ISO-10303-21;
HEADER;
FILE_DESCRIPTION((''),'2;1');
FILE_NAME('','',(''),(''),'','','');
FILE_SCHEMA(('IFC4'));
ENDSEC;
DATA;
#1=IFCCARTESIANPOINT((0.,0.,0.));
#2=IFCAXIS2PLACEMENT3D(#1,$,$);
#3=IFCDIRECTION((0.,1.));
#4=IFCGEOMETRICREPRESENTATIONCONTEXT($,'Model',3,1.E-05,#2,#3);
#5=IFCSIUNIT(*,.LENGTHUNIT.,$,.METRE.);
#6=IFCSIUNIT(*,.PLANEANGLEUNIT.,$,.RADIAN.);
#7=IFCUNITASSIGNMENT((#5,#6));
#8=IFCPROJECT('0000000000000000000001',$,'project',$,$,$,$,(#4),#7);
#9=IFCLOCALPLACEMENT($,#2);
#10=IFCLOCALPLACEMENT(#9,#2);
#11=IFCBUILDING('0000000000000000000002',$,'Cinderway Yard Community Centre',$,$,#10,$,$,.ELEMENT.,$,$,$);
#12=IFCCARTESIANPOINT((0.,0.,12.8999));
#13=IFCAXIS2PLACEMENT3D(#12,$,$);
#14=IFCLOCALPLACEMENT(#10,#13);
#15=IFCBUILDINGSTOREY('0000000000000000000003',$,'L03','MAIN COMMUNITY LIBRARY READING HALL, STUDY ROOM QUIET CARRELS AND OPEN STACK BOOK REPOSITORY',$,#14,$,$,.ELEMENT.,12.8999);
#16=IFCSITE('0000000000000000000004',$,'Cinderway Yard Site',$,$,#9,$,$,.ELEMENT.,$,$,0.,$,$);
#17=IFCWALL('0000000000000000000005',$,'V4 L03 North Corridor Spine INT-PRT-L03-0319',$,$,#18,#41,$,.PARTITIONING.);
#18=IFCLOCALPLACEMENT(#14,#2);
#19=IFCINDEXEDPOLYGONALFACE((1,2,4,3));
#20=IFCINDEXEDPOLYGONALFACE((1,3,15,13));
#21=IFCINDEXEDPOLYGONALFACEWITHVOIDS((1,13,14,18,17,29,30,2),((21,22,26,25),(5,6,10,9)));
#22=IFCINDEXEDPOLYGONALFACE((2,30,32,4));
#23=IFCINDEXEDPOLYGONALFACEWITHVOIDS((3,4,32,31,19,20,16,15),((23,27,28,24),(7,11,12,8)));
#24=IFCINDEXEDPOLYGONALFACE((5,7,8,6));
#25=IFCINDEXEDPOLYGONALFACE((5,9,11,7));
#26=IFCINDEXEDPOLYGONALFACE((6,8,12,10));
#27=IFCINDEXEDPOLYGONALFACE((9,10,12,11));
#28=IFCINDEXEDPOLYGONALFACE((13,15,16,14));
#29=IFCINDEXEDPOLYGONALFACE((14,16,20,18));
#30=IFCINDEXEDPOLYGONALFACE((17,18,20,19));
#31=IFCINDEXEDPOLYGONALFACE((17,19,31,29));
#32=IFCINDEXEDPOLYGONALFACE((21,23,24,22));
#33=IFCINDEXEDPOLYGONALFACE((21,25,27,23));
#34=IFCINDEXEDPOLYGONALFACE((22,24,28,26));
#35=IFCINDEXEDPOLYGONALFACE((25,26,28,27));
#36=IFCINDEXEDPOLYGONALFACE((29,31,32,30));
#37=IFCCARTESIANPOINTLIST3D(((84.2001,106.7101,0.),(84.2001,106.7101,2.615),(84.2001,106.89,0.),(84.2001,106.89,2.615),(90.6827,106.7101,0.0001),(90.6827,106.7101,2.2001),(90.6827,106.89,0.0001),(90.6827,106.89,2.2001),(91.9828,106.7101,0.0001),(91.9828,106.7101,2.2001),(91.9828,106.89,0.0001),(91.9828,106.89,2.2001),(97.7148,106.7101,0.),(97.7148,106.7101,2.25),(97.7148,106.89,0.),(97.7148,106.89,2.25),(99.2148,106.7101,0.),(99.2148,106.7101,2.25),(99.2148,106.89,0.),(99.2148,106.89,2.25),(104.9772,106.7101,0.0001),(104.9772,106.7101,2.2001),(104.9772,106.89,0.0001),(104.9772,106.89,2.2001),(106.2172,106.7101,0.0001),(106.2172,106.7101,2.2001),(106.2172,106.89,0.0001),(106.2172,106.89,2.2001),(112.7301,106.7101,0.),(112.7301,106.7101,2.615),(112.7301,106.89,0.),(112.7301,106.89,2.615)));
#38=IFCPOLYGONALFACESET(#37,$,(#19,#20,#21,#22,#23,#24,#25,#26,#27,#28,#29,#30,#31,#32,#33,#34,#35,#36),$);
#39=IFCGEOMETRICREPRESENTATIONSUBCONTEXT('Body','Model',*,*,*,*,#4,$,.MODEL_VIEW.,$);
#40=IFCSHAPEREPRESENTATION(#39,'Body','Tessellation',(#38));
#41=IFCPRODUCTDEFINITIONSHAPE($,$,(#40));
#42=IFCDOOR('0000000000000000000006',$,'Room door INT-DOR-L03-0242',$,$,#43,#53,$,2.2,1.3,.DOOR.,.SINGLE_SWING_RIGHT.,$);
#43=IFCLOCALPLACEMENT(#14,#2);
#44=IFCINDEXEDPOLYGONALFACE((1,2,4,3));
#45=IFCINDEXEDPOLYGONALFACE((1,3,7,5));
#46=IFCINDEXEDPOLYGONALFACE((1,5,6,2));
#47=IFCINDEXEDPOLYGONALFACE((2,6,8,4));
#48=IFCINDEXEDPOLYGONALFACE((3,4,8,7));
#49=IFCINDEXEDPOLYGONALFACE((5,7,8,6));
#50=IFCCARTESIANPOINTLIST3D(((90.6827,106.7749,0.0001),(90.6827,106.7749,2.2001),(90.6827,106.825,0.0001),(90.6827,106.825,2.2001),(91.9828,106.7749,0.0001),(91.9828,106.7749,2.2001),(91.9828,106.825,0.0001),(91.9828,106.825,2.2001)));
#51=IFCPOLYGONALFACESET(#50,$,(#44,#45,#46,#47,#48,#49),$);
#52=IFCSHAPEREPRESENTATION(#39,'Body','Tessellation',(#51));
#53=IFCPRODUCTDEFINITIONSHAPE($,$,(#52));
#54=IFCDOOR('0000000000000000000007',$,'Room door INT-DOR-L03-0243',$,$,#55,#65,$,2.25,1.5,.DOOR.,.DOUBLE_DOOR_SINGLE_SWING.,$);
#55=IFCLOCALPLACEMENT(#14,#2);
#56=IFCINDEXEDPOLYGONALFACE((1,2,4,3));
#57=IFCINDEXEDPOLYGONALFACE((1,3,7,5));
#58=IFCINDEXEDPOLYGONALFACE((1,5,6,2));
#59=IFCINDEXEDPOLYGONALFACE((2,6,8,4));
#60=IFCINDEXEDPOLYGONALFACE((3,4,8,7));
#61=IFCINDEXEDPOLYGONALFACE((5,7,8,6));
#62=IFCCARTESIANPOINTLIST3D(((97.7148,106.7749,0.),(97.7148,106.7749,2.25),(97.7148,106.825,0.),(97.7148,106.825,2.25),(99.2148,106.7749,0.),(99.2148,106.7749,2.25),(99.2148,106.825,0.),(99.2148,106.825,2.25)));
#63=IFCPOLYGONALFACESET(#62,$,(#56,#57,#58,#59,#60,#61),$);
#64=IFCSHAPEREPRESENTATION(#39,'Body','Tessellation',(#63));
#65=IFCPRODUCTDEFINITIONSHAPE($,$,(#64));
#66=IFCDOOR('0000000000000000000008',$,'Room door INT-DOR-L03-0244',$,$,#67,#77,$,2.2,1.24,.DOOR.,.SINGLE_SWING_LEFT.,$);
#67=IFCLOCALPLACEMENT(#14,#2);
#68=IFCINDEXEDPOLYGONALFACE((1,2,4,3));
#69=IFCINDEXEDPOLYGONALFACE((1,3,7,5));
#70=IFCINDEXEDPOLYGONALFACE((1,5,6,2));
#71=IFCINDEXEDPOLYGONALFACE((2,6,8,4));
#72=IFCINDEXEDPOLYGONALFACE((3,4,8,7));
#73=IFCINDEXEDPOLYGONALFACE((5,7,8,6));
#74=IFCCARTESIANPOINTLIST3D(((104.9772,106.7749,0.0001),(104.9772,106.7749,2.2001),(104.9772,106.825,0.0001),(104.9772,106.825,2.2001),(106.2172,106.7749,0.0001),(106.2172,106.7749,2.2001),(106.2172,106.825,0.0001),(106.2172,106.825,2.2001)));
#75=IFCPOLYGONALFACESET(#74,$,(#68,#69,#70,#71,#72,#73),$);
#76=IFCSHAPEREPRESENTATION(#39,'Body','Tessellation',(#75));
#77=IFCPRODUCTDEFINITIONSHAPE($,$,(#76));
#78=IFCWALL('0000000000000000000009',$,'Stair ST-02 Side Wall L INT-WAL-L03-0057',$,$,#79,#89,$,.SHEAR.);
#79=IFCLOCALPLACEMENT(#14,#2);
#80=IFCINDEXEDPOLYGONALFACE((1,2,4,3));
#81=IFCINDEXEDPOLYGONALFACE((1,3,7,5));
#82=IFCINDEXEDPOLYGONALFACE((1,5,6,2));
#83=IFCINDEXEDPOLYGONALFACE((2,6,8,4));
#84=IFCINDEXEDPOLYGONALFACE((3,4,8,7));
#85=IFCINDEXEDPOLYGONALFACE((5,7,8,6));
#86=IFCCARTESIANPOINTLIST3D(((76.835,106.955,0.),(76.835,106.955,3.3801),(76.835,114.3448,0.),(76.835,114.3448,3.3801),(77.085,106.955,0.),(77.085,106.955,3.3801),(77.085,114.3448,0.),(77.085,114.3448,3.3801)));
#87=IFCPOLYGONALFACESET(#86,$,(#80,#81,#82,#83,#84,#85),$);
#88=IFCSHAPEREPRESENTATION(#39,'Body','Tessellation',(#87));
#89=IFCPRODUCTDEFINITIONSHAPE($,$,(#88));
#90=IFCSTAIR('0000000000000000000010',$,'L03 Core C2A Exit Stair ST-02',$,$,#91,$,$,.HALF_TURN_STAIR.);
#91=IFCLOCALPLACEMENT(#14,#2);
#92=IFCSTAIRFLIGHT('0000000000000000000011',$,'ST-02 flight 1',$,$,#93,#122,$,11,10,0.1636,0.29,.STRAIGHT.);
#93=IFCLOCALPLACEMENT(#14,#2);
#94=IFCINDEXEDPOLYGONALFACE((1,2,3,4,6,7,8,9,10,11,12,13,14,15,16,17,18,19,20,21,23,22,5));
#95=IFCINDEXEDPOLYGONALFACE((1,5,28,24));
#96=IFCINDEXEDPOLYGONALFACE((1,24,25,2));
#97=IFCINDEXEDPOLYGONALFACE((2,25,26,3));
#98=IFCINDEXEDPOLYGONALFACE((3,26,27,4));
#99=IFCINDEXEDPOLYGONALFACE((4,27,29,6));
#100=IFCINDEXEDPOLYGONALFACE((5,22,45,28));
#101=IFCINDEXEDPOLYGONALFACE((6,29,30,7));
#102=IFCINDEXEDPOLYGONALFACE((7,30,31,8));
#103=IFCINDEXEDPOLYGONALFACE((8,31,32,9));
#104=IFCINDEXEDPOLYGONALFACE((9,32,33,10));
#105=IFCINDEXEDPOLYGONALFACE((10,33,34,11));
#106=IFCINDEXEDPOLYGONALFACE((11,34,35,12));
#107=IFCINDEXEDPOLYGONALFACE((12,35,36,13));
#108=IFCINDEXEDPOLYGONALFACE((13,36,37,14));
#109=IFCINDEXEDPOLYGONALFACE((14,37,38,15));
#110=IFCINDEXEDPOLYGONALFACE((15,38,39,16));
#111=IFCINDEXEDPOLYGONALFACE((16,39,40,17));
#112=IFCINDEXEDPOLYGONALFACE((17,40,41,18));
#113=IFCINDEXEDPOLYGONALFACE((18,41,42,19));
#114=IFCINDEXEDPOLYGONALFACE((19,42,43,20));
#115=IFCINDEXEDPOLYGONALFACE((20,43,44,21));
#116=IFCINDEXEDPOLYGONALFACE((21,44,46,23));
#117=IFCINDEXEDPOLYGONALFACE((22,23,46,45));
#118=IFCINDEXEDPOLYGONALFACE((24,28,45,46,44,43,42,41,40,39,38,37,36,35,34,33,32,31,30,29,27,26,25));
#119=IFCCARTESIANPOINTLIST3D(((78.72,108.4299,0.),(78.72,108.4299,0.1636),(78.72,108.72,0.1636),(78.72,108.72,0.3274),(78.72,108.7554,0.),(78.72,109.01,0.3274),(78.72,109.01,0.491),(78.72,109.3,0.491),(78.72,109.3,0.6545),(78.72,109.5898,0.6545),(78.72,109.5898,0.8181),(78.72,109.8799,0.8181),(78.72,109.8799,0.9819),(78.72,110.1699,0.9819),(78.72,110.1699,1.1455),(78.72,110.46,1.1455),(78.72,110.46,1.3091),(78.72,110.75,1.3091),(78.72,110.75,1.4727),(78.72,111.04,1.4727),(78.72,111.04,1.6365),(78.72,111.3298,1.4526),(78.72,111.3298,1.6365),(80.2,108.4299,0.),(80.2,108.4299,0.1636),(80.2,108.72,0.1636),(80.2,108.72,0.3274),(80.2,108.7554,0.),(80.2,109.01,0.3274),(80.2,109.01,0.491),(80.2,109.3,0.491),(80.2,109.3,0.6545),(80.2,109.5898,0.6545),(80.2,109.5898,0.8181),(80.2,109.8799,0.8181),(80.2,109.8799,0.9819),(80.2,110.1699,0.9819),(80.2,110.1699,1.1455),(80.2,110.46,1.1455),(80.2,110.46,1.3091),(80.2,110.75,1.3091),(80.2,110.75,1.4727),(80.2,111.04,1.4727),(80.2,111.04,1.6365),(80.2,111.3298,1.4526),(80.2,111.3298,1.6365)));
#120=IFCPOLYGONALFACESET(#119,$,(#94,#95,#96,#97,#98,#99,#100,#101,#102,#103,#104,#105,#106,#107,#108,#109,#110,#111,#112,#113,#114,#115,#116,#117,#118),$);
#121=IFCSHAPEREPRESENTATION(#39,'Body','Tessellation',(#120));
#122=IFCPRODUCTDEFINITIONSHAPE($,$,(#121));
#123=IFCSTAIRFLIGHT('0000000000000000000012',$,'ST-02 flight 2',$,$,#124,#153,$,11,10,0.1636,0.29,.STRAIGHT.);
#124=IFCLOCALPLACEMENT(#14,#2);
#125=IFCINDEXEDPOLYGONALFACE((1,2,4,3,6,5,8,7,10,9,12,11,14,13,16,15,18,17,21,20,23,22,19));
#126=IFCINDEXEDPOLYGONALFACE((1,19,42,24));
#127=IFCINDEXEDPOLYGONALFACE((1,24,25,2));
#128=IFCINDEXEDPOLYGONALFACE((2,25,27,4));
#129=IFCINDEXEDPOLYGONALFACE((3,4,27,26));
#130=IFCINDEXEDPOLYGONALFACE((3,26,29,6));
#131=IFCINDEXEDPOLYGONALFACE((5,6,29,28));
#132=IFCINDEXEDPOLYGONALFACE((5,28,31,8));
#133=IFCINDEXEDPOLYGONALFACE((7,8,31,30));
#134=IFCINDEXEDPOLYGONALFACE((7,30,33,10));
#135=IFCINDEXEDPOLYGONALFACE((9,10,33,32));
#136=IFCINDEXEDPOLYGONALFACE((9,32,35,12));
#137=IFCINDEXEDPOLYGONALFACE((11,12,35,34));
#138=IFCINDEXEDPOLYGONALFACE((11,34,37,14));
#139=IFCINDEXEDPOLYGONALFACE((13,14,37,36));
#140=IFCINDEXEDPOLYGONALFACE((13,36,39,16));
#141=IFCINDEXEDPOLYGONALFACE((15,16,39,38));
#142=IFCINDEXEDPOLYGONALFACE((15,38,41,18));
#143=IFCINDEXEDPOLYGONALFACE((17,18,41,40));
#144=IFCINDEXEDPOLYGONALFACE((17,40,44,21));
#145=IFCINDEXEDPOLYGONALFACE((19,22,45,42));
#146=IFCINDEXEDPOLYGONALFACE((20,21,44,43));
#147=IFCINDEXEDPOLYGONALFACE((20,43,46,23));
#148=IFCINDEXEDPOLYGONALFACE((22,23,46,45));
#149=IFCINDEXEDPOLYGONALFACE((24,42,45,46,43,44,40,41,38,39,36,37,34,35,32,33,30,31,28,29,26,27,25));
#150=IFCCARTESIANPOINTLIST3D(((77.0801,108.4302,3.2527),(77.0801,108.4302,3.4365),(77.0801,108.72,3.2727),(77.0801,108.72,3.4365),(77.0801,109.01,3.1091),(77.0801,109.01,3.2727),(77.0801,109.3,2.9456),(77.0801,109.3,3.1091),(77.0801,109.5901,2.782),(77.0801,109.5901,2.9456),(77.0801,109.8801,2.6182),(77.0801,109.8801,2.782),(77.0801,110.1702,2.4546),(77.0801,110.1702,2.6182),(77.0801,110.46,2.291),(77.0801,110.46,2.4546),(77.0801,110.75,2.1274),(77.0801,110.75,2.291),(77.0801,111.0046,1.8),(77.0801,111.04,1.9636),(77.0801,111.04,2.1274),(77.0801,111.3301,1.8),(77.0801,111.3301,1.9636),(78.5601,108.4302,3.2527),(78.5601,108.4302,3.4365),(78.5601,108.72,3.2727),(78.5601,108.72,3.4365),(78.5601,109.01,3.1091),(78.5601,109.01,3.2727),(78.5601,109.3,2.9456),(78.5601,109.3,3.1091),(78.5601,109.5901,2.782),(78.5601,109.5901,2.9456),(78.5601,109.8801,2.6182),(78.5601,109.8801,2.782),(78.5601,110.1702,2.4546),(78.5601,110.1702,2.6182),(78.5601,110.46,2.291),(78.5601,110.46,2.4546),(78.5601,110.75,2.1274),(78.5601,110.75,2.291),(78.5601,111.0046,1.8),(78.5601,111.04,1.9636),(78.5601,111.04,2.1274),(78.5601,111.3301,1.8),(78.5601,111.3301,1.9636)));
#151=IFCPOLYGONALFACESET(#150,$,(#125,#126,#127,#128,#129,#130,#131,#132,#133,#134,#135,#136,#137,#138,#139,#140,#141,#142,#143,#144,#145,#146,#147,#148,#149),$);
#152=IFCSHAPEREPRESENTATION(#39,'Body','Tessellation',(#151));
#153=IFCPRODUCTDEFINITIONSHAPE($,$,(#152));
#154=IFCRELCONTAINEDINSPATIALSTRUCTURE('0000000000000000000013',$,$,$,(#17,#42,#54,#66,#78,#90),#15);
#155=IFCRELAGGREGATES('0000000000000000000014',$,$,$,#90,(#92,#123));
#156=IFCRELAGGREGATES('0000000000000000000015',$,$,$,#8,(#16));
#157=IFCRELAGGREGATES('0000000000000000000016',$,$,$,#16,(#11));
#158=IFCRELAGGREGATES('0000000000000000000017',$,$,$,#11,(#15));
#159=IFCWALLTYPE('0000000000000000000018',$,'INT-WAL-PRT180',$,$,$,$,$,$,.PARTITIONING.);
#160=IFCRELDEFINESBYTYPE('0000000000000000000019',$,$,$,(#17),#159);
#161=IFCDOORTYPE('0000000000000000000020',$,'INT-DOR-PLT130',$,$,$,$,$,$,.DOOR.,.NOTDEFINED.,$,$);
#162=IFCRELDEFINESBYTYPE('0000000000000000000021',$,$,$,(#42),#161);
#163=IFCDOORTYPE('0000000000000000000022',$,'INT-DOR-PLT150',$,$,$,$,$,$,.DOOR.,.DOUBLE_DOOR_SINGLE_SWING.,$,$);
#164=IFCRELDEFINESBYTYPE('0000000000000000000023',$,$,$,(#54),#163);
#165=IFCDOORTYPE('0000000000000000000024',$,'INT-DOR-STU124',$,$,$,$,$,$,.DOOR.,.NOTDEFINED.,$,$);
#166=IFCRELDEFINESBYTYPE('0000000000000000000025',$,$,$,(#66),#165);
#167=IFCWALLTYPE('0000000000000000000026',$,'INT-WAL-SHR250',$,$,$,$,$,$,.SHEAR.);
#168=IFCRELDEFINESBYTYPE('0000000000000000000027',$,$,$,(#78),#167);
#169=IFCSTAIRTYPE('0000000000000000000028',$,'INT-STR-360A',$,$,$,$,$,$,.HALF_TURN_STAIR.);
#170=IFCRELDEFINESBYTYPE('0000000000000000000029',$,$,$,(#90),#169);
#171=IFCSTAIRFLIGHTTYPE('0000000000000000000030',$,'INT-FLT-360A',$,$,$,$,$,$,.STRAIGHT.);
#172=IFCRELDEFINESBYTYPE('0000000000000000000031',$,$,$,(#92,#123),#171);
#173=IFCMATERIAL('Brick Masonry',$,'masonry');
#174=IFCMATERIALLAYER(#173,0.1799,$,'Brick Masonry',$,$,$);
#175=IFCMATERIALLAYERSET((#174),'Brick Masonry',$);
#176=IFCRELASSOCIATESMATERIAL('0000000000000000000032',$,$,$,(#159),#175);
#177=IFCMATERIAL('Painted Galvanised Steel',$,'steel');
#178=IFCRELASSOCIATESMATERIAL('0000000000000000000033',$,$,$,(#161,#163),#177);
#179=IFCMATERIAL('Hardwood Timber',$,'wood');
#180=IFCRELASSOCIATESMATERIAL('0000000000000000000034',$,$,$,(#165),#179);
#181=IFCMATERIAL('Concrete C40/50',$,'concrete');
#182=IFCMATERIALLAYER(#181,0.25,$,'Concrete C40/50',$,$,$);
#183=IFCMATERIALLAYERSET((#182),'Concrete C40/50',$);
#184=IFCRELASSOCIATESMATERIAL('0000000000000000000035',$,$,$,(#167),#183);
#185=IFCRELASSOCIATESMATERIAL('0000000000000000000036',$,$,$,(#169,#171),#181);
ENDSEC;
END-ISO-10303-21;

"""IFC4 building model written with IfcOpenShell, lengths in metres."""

from ifc_helpers import new_model, si_unit, direction, frame, frame_2d, origin, place, context, subcontext, project, spatial, polyline, rectangle, outline, extrude, material, layer, layer_set, type_object, element, fill, aggregate, save


model = new_model("IFC4")

# Units and contexts
model_context = context("Model", 3, precision=1e-05, world=origin(), true_north=direction((0.0, 1.0)))
body_context = subcontext(model_context, "Body", "Model", "MODEL_VIEW")
ifc_project = project(units=[si_unit("LENGTHUNIT", "METRE"), si_unit("PLANEANGLEUNIT", "RADIAN")], contexts=[model_context])

# Site, building, storey
site_placement = place(None, origin())
site = spatial("IfcSite", under=ifc_project, at=site_placement, Name="Cinderway Yard Site", CompositionType="ELEMENT", RefElevation=0.0)
building_placement = place(site_placement, origin())
building = spatial("IfcBuilding", under=site, at=building_placement, Name="Cinderway Yard Community Centre", CompositionType="ELEMENT")
storey_placement = place(building_placement, frame((0.0, 0.0, 12.8999)))
storey = spatial("IfcBuildingStorey", under=building, at=storey_placement, Name="L03", Description="MAIN COMMUNITY LIBRARY READING HALL, STUDY ROOM QUIET CARRELS AND OPEN STACK BOOK REPOSITORY", CompositionType="ELEMENT", Elevation=12.8999)

# Shared definitions
ifc_material_1 = material(Name="Concrete C40/50", Category="concrete")

# Shared definitions
ifc_material_2 = material(Name="Hardwood Timber", Category="wood")

# Wall, openings, doors
ifc_material_3 = material(Name="Brick Masonry", Category="masonry")
ifc_layer_1 = layer(ifc_material_3, 0.1799, Name="Brick Masonry")
ifc_layer_set_1 = layer_set([ifc_layer_1], Name="Brick Masonry")
wall_type_1 = type_object("IfcWallType", Name="INT-WAL-PRT180", PredefinedType="PARTITIONING", material=ifc_layer_set_1)
wall_1_placement = place(storey_placement, frame((84.2, 106.8, 0.0), z_axis=(0.0, 0.0, 1.0), x_axis=(1.0, 0.0, 0.0)))
wall_1 = element("IfcWall", 1, at=wall_1_placement, inside=storey, type_object=wall_type_1, Name="V4 L03 North Corridor Spine INT-PRT-L03-0319", PredefinedType="PARTITIONING", context=body_context, shape_type="SweptSolid", body=[
    extrude(rectangle(XDim=28.53, YDim=0.1799, at=frame_2d((14.2651, 0.0))), origin(), (0.0, 0.0, 1.0), 2.615),
])
opening_1_placement = place(wall_1_placement, frame((6.4829, 0.0, 0.0)))
opening_1 = element("IfcOpeningElement", 2, at=opening_1_placement, cuts=wall_1, PredefinedType="OPENING", context=body_context, shape_type="SweptSolid", body=[
    extrude(rectangle(XDim=1.3, YDim=2.2, at=frame_2d((0.6499, 1.1001))), frame((0.0, 0.0999, 0.0), z_axis=(0.0, -1.0, 0.0), x_axis=(1.0, 0.0, 0.0)), (0.0, 0.0, 1.0), 0.2),
])
opening_2_placement = place(wall_1_placement, frame((13.5149, 0.0, 0.0)))
opening_2 = element("IfcOpeningElement", 3, at=opening_2_placement, cuts=wall_1, PredefinedType="OPENING", context=body_context, shape_type="SweptSolid", body=[
    extrude(rectangle(XDim=1.5, YDim=2.25, at=frame_2d((0.75, 1.125))), frame((0.0, 0.0999, 0.0), z_axis=(0.0, -1.0, 0.0), x_axis=(1.0, 0.0, 0.0)), (0.0, 0.0, 1.0), 0.2),
])
opening_3_placement = place(wall_1_placement, frame((20.7771, 0.0, 0.0)))
opening_3 = element("IfcOpeningElement", 4, at=opening_3_placement, cuts=wall_1, PredefinedType="OPENING", context=body_context, shape_type="SweptSolid", body=[
    extrude(rectangle(XDim=1.24, YDim=2.2, at=frame_2d((0.6201, 1.1001))), frame((0.0, 0.0999, 0.0), z_axis=(0.0, -1.0, 0.0), x_axis=(1.0, 0.0, 0.0)), (0.0, 0.0, 1.0), 0.2),
])
ifc_material_4 = material(Name="Painted Galvanised Steel", Category="steel")
door_type_1 = type_object("IfcDoorType", Name="INT-DOR-PLT130", OperationType="NOTDEFINED", PredefinedType="DOOR", material=ifc_material_4)
door_1_placement = place(opening_1_placement, origin())
door_1 = element("IfcDoor", 5, at=door_1_placement, inside=storey, type_object=door_type_1, Name="Room door INT-DOR-L03-0242", OperationType="SINGLE_SWING_RIGHT", OverallHeight=2.2, OverallWidth=1.3, PredefinedType="DOOR", context=body_context, shape_type="SweptSolid", body=[
    extrude(rectangle(XDim=1.3, YDim=2.2, at=frame_2d((0.6499, 1.1001))), frame((0.0, 0.0249, 0.0), z_axis=(0.0, -1.0, 0.0), x_axis=(1.0, 0.0, 0.0)), (0.0, 0.0, 1.0), 0.05),
])
fill(opening_1, door_1)
door_type_2 = type_object("IfcDoorType", Name="INT-DOR-PLT150", OperationType="DOUBLE_DOOR_SINGLE_SWING", PredefinedType="DOOR", material=ifc_material_4)
door_2_placement = place(opening_2_placement, origin())
door_2 = element("IfcDoor", 6, at=door_2_placement, inside=storey, type_object=door_type_2, Name="Room door INT-DOR-L03-0243", OperationType="DOUBLE_DOOR_SINGLE_SWING", OverallHeight=2.25, OverallWidth=1.5, PredefinedType="DOOR", context=body_context, shape_type="SweptSolid", body=[
    extrude(rectangle(XDim=1.5, YDim=2.25, at=frame_2d((0.75, 1.125))), frame((0.0, 0.0249, 0.0), z_axis=(0.0, -1.0, 0.0), x_axis=(1.0, 0.0, 0.0)), (0.0, 0.0, 1.0), 0.05),
])
fill(opening_2, door_2)
door_type_3 = type_object("IfcDoorType", Name="INT-DOR-STU124", OperationType="NOTDEFINED", PredefinedType="DOOR", material=ifc_material_2)
door_3_placement = place(opening_3_placement, origin())
door_3 = element("IfcDoor", 7, at=door_3_placement, inside=storey, type_object=door_type_3, Name="Room door INT-DOR-L03-0244", OperationType="SINGLE_SWING_LEFT", OverallHeight=2.2, OverallWidth=1.24, PredefinedType="DOOR", context=body_context, shape_type="SweptSolid", body=[
    extrude(rectangle(XDim=1.24, YDim=2.2, at=frame_2d((0.6201, 1.1001))), frame((0.0, 0.0249, 0.0), z_axis=(0.0, -1.0, 0.0), x_axis=(1.0, 0.0, 0.0)), (0.0, 0.0, 1.0), 0.05),
])
fill(opening_3, door_3)

# Shared definitions
ifc_layer_2 = layer(ifc_material_1, 0.25, Name="Concrete C40/50")
ifc_layer_set_2 = layer_set([ifc_layer_2], Name="Concrete C40/50")
wall_type_2 = type_object("IfcWallType", Name="INT-WAL-SHR250", PredefinedType="SHEAR", material=ifc_layer_set_2)

# Wall
wall_2_placement = place(storey_placement, frame((76.96, 106.9551, 0.0), z_axis=(0.0, 0.0, 1.0), x_axis=(0.0, 1.0, 0.0)))
element("IfcWall", 8, at=wall_2_placement, inside=storey, type_object=wall_type_2, Name="Stair ST-02 Side Wall L INT-WAL-L03-0057", PredefinedType="SHEAR", context=body_context, shape_type="SweptSolid", body=[
    extrude(rectangle(XDim=7.3899, YDim=0.25, at=frame_2d((3.6948, 0.0))), origin(), (0.0, 0.0, 1.0), 3.3801),
])

# Stair, stair flights
stair_type = type_object("IfcStairType", Name="INT-STR-360A", PredefinedType="HALF_TURN_STAIR", material=ifc_material_1)
stair_placement = place(storey_placement, origin())
stair = element("IfcStair", 9, at=stair_placement, inside=storey, type_object=stair_type, Name="L03 Core C2A Exit Stair ST-02", PredefinedType="HALF_TURN_STAIR")
stair_flight_type = type_object("IfcStairFlightType", Name="INT-FLT-360A", PredefinedType="STRAIGHT", material=ifc_material_1)
stair_flight_1_placement = place(storey_placement, frame((79.46, 108.4299, 0.0), z_axis=(0.0, 0.0, 1.0), x_axis=(0.0, 1.0, 0.0)))
stair_flight_1 = element("IfcStairFlight", 10, at=stair_flight_1_placement, type_object=stair_flight_type, Name="ST-02 flight 1", NumberOfRisers=11, NumberOfTreads=10, PredefinedType="STRAIGHT", RiserHeight=0.1636, TreadLength=0.29, context=body_context, shape_type="SweptSolid", body=[
    extrude(outline(polyline([(0.0, 0.0), (0.0, 0.1636), (0.29, 0.1636), (0.29, 0.3274), (0.5801, 0.3274), (0.5801, 0.491), (0.8701, 0.491), (0.8701, 0.6545), (1.1599, 0.6545), (1.1599, 0.8181), (1.45, 0.8181), (1.45, 0.9819), (1.74, 0.9819), (1.74, 1.1455), (2.03, 1.1455), (2.03, 1.3091), (2.3201, 1.3091), (2.3201, 1.4727), (2.6101, 1.4727), (2.6101, 1.6365), (2.8999, 1.6365), (2.8999, 1.8), (2.8999, 1.4526), (0.3254, 0.0), (0.0, 0.0)])), frame((0.0, 0.74, 0.0), z_axis=(0.0, -1.0, 0.0), x_axis=(1.0, 0.0, 0.0)), (0.0, 0.0, 1.0), 1.48),
])
stair_flight_2_placement = place(storey_placement, frame((77.8201, 111.3301, 1.8), z_axis=(0.0, 0.0, 1.0), x_axis=(0.0, -1.0, 0.0)))
stair_flight_2 = element("IfcStairFlight", 11, at=stair_flight_2_placement, type_object=stair_flight_type, Name="ST-02 flight 2", NumberOfRisers=11, NumberOfTreads=10, PredefinedType="STRAIGHT", RiserHeight=0.1636, TreadLength=0.29, context=body_context, shape_type="SweptSolid", body=[
    extrude(outline(polyline([(0.0, 0.0), (0.0, 0.1636), (0.29, 0.1636), (0.29, 0.3274), (0.5801, 0.3274), (0.5801, 0.491), (0.8701, 0.491), (0.8701, 0.6545), (1.1599, 0.6545), (1.1599, 0.8181), (1.45, 0.8181), (1.45, 0.9819), (1.74, 0.9819), (1.74, 1.1455), (2.03, 1.1455), (2.03, 1.3091), (2.3201, 1.3091), (2.3201, 1.4727), (2.6101, 1.4727), (2.6101, 1.6365), (2.8999, 1.6365), (2.8999, 1.8), (2.8999, 1.4526), (0.3254, 0.0), (0.0, 0.0)])), frame((0.0, 0.74, 0.0), z_axis=(0.0, -1.0, 0.0), x_axis=(1.0, 0.0, 0.0)), (0.0, 0.0, 1.0), 1.48),
])
aggregate(stair, [stair_flight_1, stair_flight_2])

save(model, "model.ifc")
